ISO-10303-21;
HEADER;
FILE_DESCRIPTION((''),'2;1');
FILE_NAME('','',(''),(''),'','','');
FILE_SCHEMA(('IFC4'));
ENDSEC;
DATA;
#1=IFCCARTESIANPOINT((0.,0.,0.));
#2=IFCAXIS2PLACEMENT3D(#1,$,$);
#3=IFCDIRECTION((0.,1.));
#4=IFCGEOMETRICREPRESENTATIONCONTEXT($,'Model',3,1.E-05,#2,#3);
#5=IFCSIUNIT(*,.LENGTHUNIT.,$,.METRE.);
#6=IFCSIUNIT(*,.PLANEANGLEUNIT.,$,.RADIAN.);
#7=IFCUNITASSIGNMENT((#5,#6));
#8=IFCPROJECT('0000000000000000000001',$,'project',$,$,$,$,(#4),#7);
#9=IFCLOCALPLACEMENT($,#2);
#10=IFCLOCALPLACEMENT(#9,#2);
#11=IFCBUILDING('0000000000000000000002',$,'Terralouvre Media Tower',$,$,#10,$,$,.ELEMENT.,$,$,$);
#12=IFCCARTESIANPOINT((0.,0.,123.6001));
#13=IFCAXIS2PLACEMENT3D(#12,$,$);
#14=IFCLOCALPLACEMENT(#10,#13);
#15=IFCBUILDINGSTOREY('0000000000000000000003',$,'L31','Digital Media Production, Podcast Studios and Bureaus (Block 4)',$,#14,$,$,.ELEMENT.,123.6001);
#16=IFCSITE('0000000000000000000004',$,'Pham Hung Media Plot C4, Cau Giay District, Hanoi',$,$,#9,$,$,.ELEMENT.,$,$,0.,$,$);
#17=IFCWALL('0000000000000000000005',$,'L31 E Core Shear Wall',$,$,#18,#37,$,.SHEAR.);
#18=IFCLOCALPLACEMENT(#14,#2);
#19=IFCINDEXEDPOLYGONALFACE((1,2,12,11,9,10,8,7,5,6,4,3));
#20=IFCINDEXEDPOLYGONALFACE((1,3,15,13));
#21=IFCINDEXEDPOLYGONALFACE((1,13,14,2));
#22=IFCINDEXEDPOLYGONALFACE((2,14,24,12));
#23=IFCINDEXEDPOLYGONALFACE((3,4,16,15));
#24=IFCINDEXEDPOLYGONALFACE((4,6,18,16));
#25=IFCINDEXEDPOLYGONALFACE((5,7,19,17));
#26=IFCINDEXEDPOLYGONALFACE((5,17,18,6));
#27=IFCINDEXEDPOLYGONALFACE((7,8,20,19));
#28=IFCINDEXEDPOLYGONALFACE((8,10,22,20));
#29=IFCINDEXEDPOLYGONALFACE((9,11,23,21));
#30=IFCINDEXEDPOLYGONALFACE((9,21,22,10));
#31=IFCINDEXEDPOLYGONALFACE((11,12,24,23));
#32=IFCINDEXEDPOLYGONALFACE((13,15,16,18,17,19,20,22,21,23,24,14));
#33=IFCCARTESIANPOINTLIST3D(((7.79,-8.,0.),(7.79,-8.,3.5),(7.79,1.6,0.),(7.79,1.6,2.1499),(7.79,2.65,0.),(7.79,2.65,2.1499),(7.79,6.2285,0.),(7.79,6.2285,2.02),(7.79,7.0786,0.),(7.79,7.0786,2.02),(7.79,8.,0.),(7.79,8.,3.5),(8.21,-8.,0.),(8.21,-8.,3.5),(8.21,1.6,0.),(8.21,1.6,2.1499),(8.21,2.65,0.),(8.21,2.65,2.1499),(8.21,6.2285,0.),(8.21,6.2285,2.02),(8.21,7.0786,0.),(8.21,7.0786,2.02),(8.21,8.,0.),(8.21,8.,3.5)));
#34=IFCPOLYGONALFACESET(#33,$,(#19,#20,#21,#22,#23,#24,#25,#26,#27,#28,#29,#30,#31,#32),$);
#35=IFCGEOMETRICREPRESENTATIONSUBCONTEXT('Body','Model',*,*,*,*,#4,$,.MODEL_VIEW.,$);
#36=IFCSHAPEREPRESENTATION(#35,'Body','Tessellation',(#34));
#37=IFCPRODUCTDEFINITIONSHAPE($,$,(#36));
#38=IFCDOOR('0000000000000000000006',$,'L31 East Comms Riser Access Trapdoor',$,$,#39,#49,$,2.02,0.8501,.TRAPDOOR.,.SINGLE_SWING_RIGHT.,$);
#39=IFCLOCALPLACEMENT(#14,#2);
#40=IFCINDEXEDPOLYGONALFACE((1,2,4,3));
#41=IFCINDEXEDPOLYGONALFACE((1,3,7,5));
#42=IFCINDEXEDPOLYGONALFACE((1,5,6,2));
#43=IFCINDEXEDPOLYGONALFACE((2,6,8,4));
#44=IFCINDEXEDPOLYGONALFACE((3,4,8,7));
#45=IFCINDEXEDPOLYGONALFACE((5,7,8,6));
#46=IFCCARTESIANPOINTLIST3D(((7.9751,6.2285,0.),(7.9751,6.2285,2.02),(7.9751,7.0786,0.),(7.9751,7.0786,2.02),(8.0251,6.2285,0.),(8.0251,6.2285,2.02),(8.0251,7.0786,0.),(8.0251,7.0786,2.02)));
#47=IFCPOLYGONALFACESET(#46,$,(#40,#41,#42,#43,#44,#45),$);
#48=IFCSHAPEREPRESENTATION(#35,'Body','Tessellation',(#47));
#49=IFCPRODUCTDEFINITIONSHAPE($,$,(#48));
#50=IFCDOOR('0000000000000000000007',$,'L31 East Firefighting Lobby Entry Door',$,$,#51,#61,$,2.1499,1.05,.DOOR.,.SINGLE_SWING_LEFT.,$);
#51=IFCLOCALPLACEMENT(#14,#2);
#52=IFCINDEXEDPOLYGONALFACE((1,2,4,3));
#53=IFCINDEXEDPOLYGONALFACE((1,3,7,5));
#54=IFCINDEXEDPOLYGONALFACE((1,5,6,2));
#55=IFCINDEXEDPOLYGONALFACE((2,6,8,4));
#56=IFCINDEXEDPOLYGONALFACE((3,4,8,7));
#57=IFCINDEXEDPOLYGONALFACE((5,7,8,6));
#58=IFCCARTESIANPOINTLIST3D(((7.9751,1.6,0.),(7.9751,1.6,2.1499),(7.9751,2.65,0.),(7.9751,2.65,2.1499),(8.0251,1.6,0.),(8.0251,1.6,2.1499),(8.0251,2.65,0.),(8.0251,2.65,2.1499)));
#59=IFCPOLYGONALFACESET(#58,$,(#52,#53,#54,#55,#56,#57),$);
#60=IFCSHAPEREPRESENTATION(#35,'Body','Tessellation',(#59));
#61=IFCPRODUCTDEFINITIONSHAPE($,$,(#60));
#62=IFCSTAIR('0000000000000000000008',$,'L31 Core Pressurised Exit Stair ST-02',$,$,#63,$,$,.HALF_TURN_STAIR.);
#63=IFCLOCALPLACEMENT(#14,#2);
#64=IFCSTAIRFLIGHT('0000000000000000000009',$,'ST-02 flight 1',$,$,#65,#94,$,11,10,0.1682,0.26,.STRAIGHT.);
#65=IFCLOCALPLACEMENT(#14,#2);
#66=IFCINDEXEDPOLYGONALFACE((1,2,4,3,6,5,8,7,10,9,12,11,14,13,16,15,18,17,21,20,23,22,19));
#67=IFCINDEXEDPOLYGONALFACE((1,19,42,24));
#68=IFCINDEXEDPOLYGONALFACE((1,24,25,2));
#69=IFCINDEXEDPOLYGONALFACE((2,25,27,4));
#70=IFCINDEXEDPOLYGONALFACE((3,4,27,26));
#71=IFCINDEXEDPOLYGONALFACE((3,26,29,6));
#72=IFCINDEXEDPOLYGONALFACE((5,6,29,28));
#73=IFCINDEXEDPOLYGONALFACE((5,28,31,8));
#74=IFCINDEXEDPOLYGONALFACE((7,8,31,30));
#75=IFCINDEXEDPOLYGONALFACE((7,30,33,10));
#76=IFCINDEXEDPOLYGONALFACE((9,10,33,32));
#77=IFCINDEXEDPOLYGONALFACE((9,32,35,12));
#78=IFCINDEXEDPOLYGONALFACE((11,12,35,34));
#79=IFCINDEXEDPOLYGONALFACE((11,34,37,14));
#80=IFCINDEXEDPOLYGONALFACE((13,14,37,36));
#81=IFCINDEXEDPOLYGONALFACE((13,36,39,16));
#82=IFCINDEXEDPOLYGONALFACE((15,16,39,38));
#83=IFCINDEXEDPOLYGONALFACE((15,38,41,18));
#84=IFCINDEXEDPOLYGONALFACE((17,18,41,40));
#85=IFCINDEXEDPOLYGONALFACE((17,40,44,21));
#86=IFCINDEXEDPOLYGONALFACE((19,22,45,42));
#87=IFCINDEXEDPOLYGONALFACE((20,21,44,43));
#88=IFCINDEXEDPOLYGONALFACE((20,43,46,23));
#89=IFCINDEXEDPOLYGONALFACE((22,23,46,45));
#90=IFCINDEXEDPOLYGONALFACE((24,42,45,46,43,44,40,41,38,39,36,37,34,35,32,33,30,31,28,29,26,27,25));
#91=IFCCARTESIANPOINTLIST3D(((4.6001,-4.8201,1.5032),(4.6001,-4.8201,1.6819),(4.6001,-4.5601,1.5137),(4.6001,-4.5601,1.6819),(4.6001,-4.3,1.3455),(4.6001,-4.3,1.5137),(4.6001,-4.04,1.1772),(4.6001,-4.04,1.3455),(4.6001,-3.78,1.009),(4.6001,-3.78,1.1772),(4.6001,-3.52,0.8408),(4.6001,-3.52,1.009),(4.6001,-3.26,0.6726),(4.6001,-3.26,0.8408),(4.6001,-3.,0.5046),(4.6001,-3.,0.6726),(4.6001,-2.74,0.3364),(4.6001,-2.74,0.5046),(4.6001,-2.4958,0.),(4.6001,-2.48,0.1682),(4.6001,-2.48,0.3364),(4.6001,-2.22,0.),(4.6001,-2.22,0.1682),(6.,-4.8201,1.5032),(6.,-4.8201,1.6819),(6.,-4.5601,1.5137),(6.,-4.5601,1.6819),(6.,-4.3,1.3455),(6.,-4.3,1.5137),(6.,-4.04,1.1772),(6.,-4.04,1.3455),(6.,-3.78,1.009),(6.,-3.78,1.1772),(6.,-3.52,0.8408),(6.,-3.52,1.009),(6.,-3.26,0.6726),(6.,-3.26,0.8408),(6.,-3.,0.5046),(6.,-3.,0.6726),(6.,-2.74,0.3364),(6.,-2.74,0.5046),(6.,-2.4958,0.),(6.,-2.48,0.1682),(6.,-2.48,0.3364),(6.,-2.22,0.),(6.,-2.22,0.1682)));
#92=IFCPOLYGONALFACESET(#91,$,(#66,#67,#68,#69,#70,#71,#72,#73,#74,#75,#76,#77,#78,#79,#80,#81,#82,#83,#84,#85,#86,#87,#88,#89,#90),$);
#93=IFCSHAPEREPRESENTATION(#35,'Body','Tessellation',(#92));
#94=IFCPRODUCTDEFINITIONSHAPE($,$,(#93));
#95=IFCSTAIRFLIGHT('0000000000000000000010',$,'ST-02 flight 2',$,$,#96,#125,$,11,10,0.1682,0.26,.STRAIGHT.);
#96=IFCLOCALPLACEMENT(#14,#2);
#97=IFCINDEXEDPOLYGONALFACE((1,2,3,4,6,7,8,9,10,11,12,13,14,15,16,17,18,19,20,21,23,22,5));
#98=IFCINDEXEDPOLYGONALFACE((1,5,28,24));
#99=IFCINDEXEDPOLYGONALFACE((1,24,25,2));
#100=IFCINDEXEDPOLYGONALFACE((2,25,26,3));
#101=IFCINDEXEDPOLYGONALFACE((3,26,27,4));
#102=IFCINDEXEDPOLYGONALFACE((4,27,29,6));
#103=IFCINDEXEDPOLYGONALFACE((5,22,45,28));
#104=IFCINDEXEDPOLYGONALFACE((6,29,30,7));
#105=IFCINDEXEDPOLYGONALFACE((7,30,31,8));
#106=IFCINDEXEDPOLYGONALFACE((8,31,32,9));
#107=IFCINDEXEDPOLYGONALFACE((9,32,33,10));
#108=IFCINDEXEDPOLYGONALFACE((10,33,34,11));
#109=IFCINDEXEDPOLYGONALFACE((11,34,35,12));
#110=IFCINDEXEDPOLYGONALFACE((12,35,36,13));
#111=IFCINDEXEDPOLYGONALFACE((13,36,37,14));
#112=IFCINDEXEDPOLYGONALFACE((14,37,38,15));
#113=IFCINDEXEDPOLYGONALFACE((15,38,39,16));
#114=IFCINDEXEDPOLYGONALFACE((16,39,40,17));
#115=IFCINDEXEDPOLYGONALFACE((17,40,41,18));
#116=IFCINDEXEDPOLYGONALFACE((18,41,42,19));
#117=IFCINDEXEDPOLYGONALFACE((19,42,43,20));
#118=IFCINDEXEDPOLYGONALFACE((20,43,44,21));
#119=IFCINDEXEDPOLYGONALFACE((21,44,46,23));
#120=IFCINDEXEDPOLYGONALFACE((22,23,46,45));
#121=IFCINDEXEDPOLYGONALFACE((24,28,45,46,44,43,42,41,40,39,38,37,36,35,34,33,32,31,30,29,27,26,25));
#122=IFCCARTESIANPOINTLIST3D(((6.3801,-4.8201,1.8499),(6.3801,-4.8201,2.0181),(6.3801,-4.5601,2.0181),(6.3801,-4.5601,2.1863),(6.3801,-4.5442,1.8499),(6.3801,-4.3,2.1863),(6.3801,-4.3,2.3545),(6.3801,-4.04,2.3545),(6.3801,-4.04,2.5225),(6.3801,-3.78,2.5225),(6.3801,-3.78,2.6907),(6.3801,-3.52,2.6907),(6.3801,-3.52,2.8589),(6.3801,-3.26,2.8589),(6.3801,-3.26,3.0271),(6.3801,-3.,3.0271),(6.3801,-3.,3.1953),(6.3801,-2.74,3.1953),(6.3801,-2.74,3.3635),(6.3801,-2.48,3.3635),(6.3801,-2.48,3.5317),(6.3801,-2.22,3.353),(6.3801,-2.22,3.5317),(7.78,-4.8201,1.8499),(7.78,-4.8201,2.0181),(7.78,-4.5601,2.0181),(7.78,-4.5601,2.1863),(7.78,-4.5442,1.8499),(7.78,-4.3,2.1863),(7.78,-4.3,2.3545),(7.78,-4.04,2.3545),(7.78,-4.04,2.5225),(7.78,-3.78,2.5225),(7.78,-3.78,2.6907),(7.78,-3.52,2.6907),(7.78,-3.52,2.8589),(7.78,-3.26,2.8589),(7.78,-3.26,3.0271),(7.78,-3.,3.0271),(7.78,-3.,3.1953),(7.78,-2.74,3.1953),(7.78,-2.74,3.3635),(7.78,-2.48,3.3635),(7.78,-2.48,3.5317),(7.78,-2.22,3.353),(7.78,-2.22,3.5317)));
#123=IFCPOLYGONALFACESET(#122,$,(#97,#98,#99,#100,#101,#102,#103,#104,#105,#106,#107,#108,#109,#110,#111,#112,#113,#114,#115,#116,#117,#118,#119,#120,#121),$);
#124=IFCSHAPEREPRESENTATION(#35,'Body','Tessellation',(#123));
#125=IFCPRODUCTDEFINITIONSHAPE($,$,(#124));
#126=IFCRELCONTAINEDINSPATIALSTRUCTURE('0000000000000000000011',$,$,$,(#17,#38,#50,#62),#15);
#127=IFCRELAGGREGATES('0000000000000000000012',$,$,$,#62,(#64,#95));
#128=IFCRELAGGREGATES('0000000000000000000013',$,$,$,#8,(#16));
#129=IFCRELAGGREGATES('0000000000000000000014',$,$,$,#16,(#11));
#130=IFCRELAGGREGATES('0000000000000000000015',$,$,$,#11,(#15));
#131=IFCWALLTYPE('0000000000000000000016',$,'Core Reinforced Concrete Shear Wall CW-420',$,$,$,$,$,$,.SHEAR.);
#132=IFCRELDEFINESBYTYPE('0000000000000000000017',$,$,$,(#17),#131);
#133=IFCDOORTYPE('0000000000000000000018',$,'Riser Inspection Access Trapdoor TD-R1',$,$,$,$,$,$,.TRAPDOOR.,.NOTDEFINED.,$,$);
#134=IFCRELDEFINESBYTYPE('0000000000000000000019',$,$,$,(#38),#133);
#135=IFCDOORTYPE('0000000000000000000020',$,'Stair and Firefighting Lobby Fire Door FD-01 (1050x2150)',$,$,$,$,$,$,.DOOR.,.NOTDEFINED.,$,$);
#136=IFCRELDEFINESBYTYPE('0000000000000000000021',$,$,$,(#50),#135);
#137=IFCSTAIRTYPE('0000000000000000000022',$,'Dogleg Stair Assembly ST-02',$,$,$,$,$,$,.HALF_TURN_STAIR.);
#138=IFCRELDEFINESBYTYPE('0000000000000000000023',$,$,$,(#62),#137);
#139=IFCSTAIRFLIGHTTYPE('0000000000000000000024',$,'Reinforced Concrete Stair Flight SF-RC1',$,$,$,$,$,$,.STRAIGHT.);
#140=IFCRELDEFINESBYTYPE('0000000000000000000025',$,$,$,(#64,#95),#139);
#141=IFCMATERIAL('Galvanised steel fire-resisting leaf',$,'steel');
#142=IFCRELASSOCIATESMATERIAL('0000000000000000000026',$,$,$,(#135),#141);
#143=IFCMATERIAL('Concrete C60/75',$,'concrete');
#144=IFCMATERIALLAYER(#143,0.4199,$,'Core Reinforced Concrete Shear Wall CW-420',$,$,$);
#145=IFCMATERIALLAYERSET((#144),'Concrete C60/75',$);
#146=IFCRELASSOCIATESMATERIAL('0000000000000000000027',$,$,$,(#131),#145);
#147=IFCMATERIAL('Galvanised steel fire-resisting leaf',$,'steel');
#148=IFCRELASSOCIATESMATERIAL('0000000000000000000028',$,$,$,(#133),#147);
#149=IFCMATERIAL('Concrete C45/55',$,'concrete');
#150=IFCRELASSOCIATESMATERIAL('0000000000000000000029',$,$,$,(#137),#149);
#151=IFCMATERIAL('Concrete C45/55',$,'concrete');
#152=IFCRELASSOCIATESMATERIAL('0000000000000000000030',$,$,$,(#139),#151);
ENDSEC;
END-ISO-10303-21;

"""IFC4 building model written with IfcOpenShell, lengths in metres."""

from ifc_helpers import new_model, si_unit, direction, frame, frame_2d, origin, place, context, subcontext, project, spatial, polyline, rectangle, outline, extrude, material, layer, layer_set, type_object, element, fill, aggregate, save


model = new_model("IFC4")

# Units and contexts
model_context = context("Model", 3, precision=1e-05, world=origin(), true_north=direction((0.0, 1.0)))
body_context = subcontext(model_context, "Body", "Model", "MODEL_VIEW")
ifc_project = project(units=[si_unit("LENGTHUNIT", "METRE"), si_unit("PLANEANGLEUNIT", "RADIAN")], contexts=[model_context])

# Site, building, storey
site_placement = place(None, origin())
site = spatial("IfcSite", under=ifc_project, at=site_placement, Name="Pham Hung Media Plot C4, Cau Giay District, Hanoi", CompositionType="ELEMENT", RefElevation=0.0)
building_placement = place(site_placement, origin())
building = spatial("IfcBuilding", under=site, at=building_placement, Name="Terralouvre Media Tower", CompositionType="ELEMENT")
storey_placement = place(building_placement, frame((0.0, 0.0, 123.6001)))
storey = spatial("IfcBuildingStorey", under=building, at=storey_placement, Name="L31", Description="Digital Media Production, Podcast Studios and Bureaus (Block 4)", CompositionType="ELEMENT", Elevation=123.6001)

# Shared definitions
ifc_material_1 = material(Name="Galvanised steel fire-resisting leaf", Category="steel")
door_type_1 = type_object("IfcDoorType", Name="Stair and Firefighting Lobby Fire Door FD-01 (1050x2150)", OperationType="NOTDEFINED", PredefinedType="DOOR", material=ifc_material_1)

# Wall, openings, doors
ifc_material_2 = material(Name="Concrete C60/75", Category="concrete")
ifc_layer_1 = layer(ifc_material_2, 0.4199, Name="Core Reinforced Concrete Shear Wall CW-420")
ifc_layer_set_1 = layer_set([ifc_layer_1], Name="Concrete C60/75")
wall_type_1 = type_object("IfcWallType", Name="Core Reinforced Concrete Shear Wall CW-420", PredefinedType="SHEAR", material=ifc_layer_set_1)
wall_1_placement = place(storey_placement, frame((8.0, -8.0, 0.0), z_axis=(0.0, 0.0, 1.0), x_axis=(0.0, 1.0, 0.0)))
wall_1 = element("IfcWall", 1, at=wall_1_placement, inside=storey, type_object=wall_type_1, Name="L31 E Core Shear Wall", PredefinedType="SHEAR", context=body_context, shape_type="SweptSolid", body=[
    extrude(rectangle(XDim=16.0, YDim=0.4199, at=frame_2d((8.0, 0.0))), origin(), (0.0, 0.0, 1.0), 3.5),
])
opening_1_placement = place(wall_1_placement, frame((9.6001, 0.0, 0.0)))
opening_1 = element("IfcOpeningElement", 2, at=opening_1_placement, cuts=wall_1, PredefinedType="OPENING", context=body_context, shape_type="SweptSolid", body=[
    extrude(rectangle(XDim=1.05, YDim=2.1499, at=frame_2d((0.5249, 1.075))), frame((0.0, 0.22, 0.0), z_axis=(0.0, -1.0, 0.0), x_axis=(1.0, 0.0, 0.0)), (0.0, 0.0, 1.0), 0.4399),
])
opening_2_placement = place(wall_1_placement, frame((14.2285, 0.0, 0.0)))
opening_2 = element("IfcOpeningElement", 3, at=opening_2_placement, cuts=wall_1, PredefinedType="OPENING", context=body_context, shape_type="SweptSolid", body=[
    extrude(rectangle(XDim=0.8501, YDim=2.02, at=frame_2d((0.425, 1.01))), frame((0.0, 0.22, 0.0), z_axis=(0.0, -1.0, 0.0), x_axis=(1.0, 0.0, 0.0)), (0.0, 0.0, 1.0), 0.4399),
])
ifc_material_3 = material(Name="Galvanised steel fire-resisting leaf", Category="steel")
door_type_2 = type_object("IfcDoorType", Name="Riser Inspection Access Trapdoor TD-R1", OperationType="NOTDEFINED", PredefinedType="TRAPDOOR", material=ifc_material_3)
door_1_placement = place(opening_2_placement, origin())
door_1 = element("IfcDoor", 4, at=door_1_placement, inside=storey, type_object=door_type_2, Name="L31 East Comms Riser Access Trapdoor", OperationType="SINGLE_SWING_RIGHT", OverallHeight=2.02, OverallWidth=0.8501, PredefinedType="TRAPDOOR", context=body_context, shape_type="SweptSolid", body=[
    extrude(rectangle(XDim=0.8501, YDim=2.02, at=frame_2d((0.425, 1.01))), frame((0.0, 0.0249, 0.0), z_axis=(0.0, -1.0, 0.0), x_axis=(1.0, 0.0, 0.0)), (0.0, 0.0, 1.0), 0.05),
])
fill(opening_2, door_1)
door_2_placement = place(opening_1_placement, origin())
door_2 = element("IfcDoor", 5, at=door_2_placement, inside=storey, type_object=door_type_1, Name="L31 East Firefighting Lobby Entry Door", OperationType="SINGLE_SWING_LEFT", OverallHeight=2.1499, OverallWidth=1.05, PredefinedType="DOOR", context=body_context, shape_type="SweptSolid", body=[
    extrude(rectangle(XDim=1.05, YDim=2.1499, at=frame_2d((0.5249, 1.075))), frame((0.0, 0.0249, 0.0), z_axis=(0.0, -1.0, 0.0), x_axis=(1.0, 0.0, 0.0)), (0.0, 0.0, 1.0), 0.05),
])
fill(opening_1, door_2)

# Stair, stair flights
ifc_material_4 = material(Name="Concrete C45/55", Category="concrete")
stair_type = type_object("IfcStairType", Name="Dogleg Stair Assembly ST-02", PredefinedType="HALF_TURN_STAIR", material=ifc_material_4)
stair_placement = place(storey_placement, origin())
stair = element("IfcStair", 6, at=stair_placement, inside=storey, type_object=stair_type, Name="L31 Core Pressurised Exit Stair ST-02", PredefinedType="HALF_TURN_STAIR")
ifc_material_5 = material(Name="Concrete C45/55", Category="concrete")
stair_flight_type = type_object("IfcStairFlightType", Name="Reinforced Concrete Stair Flight SF-RC1", PredefinedType="STRAIGHT", material=ifc_material_5)
stair_flight_1_placement = place(storey_placement, frame((5.3, -2.22, 0.0), z_axis=(0.0, 0.0, 1.0), x_axis=(0.0, -1.0, 0.0)))
stair_flight_1 = element("IfcStairFlight", 7, at=stair_flight_1_placement, type_object=stair_flight_type, Name="ST-02 flight 1", NumberOfRisers=11, NumberOfTreads=10, PredefinedType="STRAIGHT", RiserHeight=0.1682, TreadLength=0.26, context=body_context, shape_type="SweptSolid", body=[
    extrude(outline(polyline([(0.0, 0.0), (0.0, 0.1682), (0.26, 0.1682), (0.26, 0.3364), (0.52, 0.3364), (0.52, 0.5046), (0.78, 0.5046), (0.78, 0.6726), (1.04, 0.6726), (1.04, 0.8408), (1.3, 0.8408), (1.3, 1.009), (1.5601, 1.009), (1.5601, 1.1772), (1.8201, 1.1772), (1.8201, 1.3455), (2.0801, 1.3455), (2.0801, 1.5137), (2.3401, 1.5137), (2.3401, 1.6819), (2.6001, 1.6819), (2.6001, 1.8501), (2.6001, 1.5032), (0.2759, 0.0), (0.0, 0.0)])), frame((0.0, 0.7, 0.0), z_axis=(0.0, -1.0, 0.0), x_axis=(1.0, 0.0, 0.0)), (0.0, 0.0, 1.0), 1.3999),
])
stair_flight_2_placement = place(storey_placement, frame((7.0801, -4.8201, 1.8499), z_axis=(0.0, 0.0, 1.0), x_axis=(0.0, 1.0, 0.0)))
stair_flight_2 = element("IfcStairFlight", 8, at=stair_flight_2_placement, type_object=stair_flight_type, Name="ST-02 flight 2", NumberOfRisers=11, NumberOfTreads=10, PredefinedType="STRAIGHT", RiserHeight=0.1682, TreadLength=0.26, context=body_context, shape_type="SweptSolid", body=[
    extrude(outline(polyline([(0.0, 0.0), (0.0, 0.1682), (0.26, 0.1682), (0.26, 0.3364), (0.52, 0.3364), (0.52, 0.5046), (0.78, 0.5046), (0.78, 0.6726), (1.04, 0.6726), (1.04, 0.8408), (1.3, 0.8408), (1.3, 1.009), (1.5601, 1.009), (1.5601, 1.1772), (1.8201, 1.1772), (1.8201, 1.3455), (2.0801, 1.3455), (2.0801, 1.5137), (2.3401, 1.5137), (2.3401, 1.6819), (2.6001, 1.6819), (2.6001, 1.8501), (2.6001, 1.5032), (0.2759, 0.0), (0.0, 0.0)])), frame((0.0, 0.7, 0.0), z_axis=(0.0, -1.0, 0.0), x_axis=(1.0, 0.0, 0.0)), (0.0, 0.0, 1.0), 1.3999),
])
aggregate(stair, [stair_flight_1, stair_flight_2])

save(model, "model.ifc")
